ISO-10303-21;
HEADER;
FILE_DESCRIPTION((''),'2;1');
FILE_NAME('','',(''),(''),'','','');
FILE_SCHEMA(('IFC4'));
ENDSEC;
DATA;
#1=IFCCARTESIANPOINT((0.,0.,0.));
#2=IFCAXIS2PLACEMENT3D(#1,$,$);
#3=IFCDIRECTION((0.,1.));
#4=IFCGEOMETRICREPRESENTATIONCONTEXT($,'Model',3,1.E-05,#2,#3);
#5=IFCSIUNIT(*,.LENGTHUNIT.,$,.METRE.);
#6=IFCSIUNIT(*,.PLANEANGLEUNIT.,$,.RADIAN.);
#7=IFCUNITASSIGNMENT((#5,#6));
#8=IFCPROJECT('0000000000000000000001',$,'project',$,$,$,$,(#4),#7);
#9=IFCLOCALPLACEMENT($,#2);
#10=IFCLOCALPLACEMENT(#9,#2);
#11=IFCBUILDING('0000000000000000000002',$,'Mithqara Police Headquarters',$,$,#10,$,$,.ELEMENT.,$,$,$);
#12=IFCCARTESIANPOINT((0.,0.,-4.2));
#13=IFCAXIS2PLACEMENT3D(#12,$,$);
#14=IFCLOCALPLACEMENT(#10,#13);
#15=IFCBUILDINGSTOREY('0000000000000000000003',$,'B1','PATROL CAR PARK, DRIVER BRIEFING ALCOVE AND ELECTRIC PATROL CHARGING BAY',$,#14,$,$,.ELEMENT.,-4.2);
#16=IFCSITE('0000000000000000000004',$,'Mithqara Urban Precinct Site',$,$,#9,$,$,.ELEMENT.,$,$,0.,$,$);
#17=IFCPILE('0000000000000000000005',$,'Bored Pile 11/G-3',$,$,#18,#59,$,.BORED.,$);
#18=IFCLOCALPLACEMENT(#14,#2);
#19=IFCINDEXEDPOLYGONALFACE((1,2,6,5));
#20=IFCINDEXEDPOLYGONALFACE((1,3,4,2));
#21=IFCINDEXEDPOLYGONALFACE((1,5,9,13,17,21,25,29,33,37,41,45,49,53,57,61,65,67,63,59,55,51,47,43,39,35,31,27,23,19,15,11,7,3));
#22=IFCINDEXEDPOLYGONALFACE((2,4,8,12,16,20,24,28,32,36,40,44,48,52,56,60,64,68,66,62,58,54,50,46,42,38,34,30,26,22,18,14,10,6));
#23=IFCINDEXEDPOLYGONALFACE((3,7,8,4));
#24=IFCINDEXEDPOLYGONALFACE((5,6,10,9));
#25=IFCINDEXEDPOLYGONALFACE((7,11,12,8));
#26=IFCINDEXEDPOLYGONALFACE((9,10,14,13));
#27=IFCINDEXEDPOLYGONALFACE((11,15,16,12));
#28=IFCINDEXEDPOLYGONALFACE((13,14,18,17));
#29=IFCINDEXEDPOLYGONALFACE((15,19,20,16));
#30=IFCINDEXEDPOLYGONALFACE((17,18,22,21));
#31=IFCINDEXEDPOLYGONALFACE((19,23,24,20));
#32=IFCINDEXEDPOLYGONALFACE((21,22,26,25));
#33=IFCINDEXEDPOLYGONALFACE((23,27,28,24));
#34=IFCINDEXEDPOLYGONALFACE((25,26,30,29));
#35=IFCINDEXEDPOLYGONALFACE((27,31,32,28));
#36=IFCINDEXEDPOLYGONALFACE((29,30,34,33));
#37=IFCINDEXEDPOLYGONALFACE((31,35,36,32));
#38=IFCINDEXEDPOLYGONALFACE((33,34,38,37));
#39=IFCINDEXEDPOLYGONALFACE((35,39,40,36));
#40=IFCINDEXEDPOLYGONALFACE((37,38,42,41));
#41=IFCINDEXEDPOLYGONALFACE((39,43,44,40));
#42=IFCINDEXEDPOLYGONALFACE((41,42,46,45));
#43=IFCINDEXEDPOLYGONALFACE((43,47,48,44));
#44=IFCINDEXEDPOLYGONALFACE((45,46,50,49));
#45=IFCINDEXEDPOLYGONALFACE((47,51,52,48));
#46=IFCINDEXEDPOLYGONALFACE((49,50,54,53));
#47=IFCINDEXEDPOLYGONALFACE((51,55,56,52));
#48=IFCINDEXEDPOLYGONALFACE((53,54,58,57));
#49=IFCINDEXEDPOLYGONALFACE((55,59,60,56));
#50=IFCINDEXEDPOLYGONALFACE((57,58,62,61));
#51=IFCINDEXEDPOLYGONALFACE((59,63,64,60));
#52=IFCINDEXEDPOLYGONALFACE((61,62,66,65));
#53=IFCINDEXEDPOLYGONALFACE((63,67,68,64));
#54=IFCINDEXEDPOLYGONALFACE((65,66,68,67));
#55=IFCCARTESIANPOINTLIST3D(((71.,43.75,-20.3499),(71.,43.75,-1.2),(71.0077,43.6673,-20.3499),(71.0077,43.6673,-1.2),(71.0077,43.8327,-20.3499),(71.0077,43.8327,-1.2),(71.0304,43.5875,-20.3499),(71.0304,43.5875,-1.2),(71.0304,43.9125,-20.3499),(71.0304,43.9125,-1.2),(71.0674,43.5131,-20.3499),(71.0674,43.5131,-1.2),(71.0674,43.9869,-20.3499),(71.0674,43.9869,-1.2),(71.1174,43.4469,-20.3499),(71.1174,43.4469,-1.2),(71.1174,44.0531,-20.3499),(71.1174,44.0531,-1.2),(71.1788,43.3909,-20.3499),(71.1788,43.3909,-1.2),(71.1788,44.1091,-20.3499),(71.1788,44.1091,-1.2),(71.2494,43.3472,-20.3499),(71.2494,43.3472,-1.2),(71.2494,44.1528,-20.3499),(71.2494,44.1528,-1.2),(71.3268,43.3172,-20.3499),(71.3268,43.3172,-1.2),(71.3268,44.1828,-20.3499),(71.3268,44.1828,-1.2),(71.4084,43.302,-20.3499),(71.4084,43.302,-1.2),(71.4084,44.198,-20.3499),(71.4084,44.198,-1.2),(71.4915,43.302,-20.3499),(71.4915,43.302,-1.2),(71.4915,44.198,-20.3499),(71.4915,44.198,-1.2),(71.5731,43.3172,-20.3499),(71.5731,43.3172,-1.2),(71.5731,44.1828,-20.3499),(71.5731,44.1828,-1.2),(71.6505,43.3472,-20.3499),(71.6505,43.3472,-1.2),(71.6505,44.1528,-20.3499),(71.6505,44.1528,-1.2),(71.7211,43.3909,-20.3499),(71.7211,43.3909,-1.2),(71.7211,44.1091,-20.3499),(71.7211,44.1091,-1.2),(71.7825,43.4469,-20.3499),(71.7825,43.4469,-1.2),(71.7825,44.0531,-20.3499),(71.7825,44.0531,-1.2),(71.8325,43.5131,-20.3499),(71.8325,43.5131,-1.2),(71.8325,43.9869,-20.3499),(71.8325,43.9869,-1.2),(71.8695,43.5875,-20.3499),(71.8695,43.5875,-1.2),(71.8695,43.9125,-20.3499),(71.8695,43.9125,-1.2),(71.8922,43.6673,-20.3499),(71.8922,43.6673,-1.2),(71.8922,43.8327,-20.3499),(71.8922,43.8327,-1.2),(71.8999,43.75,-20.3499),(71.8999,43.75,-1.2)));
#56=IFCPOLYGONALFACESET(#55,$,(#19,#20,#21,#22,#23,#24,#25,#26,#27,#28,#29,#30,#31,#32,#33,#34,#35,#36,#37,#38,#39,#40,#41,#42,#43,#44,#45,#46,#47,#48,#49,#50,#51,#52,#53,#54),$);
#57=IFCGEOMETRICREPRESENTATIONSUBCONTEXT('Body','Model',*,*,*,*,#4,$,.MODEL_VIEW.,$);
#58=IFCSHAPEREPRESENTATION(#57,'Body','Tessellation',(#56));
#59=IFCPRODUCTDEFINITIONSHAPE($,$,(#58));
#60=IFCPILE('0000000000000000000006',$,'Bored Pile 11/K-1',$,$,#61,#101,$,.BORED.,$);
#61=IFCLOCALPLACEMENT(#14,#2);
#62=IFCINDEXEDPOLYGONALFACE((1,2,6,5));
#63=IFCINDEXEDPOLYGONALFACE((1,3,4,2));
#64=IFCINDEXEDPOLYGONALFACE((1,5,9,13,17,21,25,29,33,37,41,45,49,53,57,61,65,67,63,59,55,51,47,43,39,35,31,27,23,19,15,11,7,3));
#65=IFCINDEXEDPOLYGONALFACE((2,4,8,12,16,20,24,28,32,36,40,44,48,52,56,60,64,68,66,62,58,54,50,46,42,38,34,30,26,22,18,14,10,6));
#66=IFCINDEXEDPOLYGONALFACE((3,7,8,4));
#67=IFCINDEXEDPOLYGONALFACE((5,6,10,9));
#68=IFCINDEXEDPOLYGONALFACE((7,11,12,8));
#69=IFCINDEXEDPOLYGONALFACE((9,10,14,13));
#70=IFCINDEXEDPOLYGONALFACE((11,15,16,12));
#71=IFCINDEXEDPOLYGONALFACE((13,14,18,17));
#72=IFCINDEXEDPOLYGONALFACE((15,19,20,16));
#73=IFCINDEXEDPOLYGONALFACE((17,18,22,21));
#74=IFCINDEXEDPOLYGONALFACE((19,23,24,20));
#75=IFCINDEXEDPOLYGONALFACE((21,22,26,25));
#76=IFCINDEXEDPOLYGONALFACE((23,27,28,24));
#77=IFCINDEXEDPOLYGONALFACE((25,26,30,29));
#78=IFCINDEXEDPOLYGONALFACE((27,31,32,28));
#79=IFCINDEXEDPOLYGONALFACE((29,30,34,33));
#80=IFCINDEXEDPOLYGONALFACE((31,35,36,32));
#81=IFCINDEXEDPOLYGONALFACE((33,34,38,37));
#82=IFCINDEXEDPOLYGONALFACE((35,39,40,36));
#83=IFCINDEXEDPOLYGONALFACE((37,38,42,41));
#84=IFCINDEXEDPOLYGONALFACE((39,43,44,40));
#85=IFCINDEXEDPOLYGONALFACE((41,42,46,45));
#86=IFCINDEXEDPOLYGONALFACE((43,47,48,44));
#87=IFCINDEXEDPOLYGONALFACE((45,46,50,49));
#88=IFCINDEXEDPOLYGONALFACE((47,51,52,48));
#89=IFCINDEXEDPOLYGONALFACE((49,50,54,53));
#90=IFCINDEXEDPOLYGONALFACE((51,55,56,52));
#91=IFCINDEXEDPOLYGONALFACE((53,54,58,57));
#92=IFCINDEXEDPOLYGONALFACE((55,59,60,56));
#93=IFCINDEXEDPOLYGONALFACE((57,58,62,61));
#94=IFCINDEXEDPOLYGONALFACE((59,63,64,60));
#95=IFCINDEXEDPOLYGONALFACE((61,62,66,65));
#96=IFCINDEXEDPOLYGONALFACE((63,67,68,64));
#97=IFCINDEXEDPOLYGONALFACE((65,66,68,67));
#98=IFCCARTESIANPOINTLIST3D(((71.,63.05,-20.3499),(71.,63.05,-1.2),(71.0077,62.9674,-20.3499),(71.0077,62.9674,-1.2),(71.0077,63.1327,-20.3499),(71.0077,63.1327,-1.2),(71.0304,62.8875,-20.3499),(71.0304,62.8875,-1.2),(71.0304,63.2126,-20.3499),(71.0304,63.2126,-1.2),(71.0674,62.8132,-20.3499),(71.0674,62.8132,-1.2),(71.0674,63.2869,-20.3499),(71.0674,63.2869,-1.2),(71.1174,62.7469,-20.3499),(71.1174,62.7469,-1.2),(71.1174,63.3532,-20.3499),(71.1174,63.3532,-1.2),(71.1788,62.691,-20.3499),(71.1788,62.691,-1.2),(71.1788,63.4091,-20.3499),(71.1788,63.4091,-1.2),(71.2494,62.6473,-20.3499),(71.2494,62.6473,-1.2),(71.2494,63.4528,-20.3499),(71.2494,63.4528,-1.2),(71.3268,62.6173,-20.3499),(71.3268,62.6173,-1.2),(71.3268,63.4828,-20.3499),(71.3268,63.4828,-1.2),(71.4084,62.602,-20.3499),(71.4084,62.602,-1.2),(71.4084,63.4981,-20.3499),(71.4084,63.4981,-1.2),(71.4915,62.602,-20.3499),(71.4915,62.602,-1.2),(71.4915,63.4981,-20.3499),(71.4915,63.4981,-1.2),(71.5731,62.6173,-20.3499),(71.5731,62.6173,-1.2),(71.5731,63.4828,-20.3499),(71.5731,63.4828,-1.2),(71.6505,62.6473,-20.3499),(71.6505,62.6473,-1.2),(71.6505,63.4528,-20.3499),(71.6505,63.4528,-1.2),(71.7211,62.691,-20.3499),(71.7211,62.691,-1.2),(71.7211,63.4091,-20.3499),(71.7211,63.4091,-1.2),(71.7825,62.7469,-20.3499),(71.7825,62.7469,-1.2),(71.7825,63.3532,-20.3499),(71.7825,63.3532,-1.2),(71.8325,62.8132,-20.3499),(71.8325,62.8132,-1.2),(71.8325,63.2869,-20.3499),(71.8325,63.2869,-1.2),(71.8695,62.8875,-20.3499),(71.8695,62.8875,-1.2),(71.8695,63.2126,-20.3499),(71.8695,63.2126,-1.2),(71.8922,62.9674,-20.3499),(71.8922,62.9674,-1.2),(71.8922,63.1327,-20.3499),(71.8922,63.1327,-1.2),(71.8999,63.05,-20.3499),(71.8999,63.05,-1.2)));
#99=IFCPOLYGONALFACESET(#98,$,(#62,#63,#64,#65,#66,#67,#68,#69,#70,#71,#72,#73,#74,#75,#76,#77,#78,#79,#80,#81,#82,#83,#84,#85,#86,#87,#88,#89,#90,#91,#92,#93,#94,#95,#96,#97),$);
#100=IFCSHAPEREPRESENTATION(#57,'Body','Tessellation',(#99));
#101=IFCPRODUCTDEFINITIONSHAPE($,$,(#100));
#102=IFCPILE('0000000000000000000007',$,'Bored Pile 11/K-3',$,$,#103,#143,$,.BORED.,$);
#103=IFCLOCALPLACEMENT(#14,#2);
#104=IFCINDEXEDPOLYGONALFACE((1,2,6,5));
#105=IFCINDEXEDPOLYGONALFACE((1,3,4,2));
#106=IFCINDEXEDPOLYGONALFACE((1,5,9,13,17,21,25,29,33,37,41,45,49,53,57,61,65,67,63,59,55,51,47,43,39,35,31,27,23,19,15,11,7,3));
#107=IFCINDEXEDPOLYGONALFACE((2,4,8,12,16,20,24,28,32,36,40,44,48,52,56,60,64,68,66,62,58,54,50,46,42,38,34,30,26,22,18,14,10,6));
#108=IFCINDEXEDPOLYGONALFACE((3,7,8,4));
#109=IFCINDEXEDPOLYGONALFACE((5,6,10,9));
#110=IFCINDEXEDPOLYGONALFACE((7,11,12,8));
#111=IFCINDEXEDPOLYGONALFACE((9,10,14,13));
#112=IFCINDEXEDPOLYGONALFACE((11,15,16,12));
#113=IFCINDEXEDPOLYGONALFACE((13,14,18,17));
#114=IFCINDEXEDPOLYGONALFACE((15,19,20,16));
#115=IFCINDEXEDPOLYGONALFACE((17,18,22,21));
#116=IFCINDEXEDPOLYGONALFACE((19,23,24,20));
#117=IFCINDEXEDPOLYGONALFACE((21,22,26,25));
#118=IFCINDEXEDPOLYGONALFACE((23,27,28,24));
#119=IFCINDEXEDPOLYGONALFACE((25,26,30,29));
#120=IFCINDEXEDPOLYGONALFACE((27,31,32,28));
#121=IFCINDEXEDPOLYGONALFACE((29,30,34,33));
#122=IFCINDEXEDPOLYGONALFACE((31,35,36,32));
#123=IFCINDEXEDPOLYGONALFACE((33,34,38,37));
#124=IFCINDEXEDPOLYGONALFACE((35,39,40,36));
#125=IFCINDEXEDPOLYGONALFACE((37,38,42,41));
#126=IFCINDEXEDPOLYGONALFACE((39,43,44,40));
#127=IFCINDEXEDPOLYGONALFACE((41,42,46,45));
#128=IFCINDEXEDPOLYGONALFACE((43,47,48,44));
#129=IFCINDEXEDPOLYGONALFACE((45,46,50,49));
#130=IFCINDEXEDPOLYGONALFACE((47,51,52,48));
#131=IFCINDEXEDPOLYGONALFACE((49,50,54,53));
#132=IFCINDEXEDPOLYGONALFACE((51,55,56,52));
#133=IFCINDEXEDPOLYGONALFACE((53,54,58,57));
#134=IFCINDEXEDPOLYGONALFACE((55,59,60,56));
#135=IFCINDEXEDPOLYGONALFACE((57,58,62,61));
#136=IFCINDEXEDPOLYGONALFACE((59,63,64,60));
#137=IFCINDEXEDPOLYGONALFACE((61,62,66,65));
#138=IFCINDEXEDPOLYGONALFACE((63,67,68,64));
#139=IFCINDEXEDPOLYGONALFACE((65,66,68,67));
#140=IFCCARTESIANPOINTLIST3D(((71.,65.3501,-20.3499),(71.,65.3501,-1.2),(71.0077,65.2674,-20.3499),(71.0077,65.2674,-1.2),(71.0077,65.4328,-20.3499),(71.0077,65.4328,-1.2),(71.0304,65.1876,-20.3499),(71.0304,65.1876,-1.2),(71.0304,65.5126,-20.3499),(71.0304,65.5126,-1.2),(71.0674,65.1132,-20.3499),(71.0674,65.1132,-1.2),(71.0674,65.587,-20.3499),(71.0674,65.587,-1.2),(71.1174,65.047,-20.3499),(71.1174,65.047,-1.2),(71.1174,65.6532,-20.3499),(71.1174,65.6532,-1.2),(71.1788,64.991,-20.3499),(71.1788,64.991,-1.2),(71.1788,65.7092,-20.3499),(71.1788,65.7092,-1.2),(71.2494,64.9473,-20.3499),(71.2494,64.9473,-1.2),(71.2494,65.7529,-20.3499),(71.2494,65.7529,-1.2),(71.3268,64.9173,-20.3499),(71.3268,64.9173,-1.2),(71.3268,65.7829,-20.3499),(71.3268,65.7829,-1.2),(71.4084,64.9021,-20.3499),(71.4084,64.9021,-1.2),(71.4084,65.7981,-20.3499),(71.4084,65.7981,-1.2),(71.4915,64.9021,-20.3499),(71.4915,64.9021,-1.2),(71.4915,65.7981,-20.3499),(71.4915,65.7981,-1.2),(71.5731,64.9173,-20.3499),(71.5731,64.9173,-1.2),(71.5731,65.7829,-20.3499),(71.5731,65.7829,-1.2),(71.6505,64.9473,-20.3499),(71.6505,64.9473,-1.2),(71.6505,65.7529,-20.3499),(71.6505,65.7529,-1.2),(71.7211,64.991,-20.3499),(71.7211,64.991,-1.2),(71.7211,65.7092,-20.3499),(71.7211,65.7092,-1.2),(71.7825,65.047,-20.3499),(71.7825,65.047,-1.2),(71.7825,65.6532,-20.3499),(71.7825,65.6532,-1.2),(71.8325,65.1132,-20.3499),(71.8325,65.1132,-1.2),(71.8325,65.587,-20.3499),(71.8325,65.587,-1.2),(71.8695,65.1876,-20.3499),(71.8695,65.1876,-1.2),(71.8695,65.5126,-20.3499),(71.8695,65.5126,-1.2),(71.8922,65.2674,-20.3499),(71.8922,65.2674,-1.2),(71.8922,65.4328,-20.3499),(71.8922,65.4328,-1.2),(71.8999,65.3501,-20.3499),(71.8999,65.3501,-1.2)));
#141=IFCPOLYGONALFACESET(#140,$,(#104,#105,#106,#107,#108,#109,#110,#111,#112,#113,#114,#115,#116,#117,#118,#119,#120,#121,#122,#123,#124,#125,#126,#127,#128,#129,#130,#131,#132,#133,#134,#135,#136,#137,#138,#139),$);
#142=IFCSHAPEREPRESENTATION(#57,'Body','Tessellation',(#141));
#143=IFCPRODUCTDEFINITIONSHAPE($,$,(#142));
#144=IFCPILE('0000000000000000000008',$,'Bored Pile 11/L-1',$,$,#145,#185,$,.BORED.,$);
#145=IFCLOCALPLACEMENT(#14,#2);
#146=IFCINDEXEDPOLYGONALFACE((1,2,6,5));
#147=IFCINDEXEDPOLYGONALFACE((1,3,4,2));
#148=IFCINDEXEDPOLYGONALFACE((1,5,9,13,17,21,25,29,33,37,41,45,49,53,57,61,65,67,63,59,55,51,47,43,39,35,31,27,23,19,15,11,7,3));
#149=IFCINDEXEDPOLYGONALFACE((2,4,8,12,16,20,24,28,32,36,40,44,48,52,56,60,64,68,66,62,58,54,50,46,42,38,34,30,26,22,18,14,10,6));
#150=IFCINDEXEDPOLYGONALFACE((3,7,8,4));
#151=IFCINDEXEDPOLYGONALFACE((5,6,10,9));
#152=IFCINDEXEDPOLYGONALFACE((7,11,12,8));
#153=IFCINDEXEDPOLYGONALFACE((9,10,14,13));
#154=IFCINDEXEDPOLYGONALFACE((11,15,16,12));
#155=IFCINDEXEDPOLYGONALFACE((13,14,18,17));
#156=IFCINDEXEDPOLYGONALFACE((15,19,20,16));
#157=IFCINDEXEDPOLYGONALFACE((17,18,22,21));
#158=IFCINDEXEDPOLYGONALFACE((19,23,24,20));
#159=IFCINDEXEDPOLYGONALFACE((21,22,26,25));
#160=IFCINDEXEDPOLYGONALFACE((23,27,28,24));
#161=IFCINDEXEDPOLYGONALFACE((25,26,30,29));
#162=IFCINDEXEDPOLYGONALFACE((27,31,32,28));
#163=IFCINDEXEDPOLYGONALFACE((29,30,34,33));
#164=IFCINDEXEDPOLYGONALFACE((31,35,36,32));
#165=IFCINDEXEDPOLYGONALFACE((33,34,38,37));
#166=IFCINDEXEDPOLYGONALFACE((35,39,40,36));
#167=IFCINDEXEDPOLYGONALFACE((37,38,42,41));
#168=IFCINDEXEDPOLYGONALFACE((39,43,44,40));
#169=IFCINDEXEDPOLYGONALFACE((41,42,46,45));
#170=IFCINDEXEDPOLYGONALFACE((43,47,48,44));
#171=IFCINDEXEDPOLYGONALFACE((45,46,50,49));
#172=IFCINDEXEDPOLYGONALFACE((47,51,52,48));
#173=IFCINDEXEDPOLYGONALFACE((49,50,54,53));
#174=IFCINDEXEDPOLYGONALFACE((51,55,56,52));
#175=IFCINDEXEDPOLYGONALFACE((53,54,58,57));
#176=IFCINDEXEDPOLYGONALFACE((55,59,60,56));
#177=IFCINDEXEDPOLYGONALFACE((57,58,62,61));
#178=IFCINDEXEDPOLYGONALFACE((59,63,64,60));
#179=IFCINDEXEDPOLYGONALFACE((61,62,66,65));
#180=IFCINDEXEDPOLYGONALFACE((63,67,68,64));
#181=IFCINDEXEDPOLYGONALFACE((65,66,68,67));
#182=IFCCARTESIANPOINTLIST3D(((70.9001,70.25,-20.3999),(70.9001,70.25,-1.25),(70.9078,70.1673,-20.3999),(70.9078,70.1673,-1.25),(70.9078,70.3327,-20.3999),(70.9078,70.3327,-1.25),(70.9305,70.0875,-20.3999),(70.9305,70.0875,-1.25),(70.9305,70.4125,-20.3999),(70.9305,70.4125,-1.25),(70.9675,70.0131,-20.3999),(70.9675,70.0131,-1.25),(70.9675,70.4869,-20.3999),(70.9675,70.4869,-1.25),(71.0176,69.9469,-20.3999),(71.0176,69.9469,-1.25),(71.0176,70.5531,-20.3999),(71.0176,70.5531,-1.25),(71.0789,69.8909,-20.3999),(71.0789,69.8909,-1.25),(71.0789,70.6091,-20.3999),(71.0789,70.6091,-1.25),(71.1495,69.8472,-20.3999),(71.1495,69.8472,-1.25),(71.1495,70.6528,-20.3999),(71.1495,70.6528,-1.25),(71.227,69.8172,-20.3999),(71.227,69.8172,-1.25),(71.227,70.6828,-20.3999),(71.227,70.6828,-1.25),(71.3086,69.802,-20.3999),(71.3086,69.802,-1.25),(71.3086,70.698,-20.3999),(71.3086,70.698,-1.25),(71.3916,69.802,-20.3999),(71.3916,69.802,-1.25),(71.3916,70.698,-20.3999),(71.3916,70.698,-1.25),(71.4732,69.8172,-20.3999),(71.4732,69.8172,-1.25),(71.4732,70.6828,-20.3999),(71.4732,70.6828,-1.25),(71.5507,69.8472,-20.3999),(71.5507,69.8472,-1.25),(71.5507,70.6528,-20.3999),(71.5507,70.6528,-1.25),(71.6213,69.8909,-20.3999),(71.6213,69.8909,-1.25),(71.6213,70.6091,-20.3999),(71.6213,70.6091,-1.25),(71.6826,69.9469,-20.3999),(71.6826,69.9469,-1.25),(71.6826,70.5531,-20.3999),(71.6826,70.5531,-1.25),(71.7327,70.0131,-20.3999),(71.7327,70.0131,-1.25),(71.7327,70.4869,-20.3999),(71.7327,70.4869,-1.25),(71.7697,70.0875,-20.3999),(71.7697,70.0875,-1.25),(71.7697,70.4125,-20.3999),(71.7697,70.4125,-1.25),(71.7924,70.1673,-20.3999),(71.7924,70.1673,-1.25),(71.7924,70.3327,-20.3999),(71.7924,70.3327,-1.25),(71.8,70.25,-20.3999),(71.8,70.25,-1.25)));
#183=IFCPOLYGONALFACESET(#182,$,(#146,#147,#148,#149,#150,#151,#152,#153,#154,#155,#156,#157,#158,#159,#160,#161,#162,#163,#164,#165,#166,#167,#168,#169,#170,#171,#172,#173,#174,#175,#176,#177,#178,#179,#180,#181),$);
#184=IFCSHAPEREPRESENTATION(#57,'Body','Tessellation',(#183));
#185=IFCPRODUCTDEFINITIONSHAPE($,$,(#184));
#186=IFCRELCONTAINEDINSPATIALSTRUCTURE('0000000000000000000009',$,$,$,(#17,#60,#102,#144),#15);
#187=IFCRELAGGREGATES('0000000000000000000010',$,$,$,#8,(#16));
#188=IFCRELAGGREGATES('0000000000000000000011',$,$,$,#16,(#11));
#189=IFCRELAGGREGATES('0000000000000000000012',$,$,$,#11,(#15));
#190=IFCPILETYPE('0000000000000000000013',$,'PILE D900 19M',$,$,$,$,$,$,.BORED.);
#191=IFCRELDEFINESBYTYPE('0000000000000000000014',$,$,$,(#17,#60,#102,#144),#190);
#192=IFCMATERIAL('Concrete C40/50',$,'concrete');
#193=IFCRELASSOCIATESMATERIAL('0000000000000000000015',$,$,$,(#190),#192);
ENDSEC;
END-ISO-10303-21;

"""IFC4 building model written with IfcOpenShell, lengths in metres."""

from ifc_helpers import new_model, si_unit, direction, frame, origin, origin_2d, place, context, subcontext, project, spatial, circle, extrude, material, material_profile, profile_set, type_object, element, save


model = new_model("IFC4")

# Units and contexts
model_context = context("Model", 3, precision=1e-05, world=origin(), true_north=direction((0.0, 1.0)))
body_context = subcontext(model_context, "Body", "Model", "MODEL_VIEW")
ifc_project = project(units=[si_unit("LENGTHUNIT", "METRE"), si_unit("PLANEANGLEUNIT", "RADIAN")], contexts=[model_context])

# Site, building, storey
site_placement = place(None, origin())
site = spatial("IfcSite", under=ifc_project, at=site_placement, Name="Mithqara Urban Precinct Site", CompositionType="ELEMENT", RefElevation=0.0)
building_placement = place(site_placement, origin())
building = spatial("IfcBuilding", under=site, at=building_placement, Name="Mithqara Police Headquarters", CompositionType="ELEMENT")
storey_placement = place(building_placement, frame((0.0, 0.0, -4.2)))
storey = spatial("IfcBuildingStorey", under=building, at=storey_placement, Name="B1", Description="PATROL CAR PARK, DRIVER BRIEFING ALCOVE AND ELECTRIC PATROL CHARGING BAY", CompositionType="ELEMENT", Elevation=-4.2)

# Piles
ifc_material_1 = material(Name="Concrete C40/50", Category="concrete")
ifc_material_profile_1 = material_profile(ifc_material_1, circle(Radius=0.45, at=origin_2d()), Name="PILE D900")
ifc_profile_set_1 = profile_set([ifc_material_profile_1], Name="Concrete C40/50")
pile_type_1 = type_object("IfcPileType", Name="PILE D900 19M", PredefinedType="BORED", material=ifc_profile_set_1)
for number, where, z_axis, x_axis, name in (
    (1, (71.45, 43.75, -1.2), (0.0, 0.0, -1.0), (1.0, 0.0, 0.0), "Bored Pile 11/G-3"),
    (2, (71.45, 63.05, -1.2), (0.0, 0.0, -1.0), (1.0, 0.0, 0.0), "Bored Pile 11/K-1"),
    (3, (71.45, 65.3501, -1.2), (0.0, 0.0, -1.0), (1.0, 0.0, 0.0), "Bored Pile 11/K-3"),
    (4, (71.3501, 70.25, -1.25), (0.0, 0.0, -1.0), (1.0, 0.0, 0.0), "Bored Pile 11/L-1"),
):
    element("IfcPile", number, at=place(storey_placement, frame(where, z_axis=z_axis, x_axis=x_axis)), inside=storey, type_object=pile_type_1, Name=name, PredefinedType="BORED", context=body_context, shape_type="SweptSolid", body=[
        extrude(circle(Radius=0.45, at=origin_2d()), origin(), (0.0, 0.0, 1.0), 19.1499),
    ])

save(model, "model.ifc")
